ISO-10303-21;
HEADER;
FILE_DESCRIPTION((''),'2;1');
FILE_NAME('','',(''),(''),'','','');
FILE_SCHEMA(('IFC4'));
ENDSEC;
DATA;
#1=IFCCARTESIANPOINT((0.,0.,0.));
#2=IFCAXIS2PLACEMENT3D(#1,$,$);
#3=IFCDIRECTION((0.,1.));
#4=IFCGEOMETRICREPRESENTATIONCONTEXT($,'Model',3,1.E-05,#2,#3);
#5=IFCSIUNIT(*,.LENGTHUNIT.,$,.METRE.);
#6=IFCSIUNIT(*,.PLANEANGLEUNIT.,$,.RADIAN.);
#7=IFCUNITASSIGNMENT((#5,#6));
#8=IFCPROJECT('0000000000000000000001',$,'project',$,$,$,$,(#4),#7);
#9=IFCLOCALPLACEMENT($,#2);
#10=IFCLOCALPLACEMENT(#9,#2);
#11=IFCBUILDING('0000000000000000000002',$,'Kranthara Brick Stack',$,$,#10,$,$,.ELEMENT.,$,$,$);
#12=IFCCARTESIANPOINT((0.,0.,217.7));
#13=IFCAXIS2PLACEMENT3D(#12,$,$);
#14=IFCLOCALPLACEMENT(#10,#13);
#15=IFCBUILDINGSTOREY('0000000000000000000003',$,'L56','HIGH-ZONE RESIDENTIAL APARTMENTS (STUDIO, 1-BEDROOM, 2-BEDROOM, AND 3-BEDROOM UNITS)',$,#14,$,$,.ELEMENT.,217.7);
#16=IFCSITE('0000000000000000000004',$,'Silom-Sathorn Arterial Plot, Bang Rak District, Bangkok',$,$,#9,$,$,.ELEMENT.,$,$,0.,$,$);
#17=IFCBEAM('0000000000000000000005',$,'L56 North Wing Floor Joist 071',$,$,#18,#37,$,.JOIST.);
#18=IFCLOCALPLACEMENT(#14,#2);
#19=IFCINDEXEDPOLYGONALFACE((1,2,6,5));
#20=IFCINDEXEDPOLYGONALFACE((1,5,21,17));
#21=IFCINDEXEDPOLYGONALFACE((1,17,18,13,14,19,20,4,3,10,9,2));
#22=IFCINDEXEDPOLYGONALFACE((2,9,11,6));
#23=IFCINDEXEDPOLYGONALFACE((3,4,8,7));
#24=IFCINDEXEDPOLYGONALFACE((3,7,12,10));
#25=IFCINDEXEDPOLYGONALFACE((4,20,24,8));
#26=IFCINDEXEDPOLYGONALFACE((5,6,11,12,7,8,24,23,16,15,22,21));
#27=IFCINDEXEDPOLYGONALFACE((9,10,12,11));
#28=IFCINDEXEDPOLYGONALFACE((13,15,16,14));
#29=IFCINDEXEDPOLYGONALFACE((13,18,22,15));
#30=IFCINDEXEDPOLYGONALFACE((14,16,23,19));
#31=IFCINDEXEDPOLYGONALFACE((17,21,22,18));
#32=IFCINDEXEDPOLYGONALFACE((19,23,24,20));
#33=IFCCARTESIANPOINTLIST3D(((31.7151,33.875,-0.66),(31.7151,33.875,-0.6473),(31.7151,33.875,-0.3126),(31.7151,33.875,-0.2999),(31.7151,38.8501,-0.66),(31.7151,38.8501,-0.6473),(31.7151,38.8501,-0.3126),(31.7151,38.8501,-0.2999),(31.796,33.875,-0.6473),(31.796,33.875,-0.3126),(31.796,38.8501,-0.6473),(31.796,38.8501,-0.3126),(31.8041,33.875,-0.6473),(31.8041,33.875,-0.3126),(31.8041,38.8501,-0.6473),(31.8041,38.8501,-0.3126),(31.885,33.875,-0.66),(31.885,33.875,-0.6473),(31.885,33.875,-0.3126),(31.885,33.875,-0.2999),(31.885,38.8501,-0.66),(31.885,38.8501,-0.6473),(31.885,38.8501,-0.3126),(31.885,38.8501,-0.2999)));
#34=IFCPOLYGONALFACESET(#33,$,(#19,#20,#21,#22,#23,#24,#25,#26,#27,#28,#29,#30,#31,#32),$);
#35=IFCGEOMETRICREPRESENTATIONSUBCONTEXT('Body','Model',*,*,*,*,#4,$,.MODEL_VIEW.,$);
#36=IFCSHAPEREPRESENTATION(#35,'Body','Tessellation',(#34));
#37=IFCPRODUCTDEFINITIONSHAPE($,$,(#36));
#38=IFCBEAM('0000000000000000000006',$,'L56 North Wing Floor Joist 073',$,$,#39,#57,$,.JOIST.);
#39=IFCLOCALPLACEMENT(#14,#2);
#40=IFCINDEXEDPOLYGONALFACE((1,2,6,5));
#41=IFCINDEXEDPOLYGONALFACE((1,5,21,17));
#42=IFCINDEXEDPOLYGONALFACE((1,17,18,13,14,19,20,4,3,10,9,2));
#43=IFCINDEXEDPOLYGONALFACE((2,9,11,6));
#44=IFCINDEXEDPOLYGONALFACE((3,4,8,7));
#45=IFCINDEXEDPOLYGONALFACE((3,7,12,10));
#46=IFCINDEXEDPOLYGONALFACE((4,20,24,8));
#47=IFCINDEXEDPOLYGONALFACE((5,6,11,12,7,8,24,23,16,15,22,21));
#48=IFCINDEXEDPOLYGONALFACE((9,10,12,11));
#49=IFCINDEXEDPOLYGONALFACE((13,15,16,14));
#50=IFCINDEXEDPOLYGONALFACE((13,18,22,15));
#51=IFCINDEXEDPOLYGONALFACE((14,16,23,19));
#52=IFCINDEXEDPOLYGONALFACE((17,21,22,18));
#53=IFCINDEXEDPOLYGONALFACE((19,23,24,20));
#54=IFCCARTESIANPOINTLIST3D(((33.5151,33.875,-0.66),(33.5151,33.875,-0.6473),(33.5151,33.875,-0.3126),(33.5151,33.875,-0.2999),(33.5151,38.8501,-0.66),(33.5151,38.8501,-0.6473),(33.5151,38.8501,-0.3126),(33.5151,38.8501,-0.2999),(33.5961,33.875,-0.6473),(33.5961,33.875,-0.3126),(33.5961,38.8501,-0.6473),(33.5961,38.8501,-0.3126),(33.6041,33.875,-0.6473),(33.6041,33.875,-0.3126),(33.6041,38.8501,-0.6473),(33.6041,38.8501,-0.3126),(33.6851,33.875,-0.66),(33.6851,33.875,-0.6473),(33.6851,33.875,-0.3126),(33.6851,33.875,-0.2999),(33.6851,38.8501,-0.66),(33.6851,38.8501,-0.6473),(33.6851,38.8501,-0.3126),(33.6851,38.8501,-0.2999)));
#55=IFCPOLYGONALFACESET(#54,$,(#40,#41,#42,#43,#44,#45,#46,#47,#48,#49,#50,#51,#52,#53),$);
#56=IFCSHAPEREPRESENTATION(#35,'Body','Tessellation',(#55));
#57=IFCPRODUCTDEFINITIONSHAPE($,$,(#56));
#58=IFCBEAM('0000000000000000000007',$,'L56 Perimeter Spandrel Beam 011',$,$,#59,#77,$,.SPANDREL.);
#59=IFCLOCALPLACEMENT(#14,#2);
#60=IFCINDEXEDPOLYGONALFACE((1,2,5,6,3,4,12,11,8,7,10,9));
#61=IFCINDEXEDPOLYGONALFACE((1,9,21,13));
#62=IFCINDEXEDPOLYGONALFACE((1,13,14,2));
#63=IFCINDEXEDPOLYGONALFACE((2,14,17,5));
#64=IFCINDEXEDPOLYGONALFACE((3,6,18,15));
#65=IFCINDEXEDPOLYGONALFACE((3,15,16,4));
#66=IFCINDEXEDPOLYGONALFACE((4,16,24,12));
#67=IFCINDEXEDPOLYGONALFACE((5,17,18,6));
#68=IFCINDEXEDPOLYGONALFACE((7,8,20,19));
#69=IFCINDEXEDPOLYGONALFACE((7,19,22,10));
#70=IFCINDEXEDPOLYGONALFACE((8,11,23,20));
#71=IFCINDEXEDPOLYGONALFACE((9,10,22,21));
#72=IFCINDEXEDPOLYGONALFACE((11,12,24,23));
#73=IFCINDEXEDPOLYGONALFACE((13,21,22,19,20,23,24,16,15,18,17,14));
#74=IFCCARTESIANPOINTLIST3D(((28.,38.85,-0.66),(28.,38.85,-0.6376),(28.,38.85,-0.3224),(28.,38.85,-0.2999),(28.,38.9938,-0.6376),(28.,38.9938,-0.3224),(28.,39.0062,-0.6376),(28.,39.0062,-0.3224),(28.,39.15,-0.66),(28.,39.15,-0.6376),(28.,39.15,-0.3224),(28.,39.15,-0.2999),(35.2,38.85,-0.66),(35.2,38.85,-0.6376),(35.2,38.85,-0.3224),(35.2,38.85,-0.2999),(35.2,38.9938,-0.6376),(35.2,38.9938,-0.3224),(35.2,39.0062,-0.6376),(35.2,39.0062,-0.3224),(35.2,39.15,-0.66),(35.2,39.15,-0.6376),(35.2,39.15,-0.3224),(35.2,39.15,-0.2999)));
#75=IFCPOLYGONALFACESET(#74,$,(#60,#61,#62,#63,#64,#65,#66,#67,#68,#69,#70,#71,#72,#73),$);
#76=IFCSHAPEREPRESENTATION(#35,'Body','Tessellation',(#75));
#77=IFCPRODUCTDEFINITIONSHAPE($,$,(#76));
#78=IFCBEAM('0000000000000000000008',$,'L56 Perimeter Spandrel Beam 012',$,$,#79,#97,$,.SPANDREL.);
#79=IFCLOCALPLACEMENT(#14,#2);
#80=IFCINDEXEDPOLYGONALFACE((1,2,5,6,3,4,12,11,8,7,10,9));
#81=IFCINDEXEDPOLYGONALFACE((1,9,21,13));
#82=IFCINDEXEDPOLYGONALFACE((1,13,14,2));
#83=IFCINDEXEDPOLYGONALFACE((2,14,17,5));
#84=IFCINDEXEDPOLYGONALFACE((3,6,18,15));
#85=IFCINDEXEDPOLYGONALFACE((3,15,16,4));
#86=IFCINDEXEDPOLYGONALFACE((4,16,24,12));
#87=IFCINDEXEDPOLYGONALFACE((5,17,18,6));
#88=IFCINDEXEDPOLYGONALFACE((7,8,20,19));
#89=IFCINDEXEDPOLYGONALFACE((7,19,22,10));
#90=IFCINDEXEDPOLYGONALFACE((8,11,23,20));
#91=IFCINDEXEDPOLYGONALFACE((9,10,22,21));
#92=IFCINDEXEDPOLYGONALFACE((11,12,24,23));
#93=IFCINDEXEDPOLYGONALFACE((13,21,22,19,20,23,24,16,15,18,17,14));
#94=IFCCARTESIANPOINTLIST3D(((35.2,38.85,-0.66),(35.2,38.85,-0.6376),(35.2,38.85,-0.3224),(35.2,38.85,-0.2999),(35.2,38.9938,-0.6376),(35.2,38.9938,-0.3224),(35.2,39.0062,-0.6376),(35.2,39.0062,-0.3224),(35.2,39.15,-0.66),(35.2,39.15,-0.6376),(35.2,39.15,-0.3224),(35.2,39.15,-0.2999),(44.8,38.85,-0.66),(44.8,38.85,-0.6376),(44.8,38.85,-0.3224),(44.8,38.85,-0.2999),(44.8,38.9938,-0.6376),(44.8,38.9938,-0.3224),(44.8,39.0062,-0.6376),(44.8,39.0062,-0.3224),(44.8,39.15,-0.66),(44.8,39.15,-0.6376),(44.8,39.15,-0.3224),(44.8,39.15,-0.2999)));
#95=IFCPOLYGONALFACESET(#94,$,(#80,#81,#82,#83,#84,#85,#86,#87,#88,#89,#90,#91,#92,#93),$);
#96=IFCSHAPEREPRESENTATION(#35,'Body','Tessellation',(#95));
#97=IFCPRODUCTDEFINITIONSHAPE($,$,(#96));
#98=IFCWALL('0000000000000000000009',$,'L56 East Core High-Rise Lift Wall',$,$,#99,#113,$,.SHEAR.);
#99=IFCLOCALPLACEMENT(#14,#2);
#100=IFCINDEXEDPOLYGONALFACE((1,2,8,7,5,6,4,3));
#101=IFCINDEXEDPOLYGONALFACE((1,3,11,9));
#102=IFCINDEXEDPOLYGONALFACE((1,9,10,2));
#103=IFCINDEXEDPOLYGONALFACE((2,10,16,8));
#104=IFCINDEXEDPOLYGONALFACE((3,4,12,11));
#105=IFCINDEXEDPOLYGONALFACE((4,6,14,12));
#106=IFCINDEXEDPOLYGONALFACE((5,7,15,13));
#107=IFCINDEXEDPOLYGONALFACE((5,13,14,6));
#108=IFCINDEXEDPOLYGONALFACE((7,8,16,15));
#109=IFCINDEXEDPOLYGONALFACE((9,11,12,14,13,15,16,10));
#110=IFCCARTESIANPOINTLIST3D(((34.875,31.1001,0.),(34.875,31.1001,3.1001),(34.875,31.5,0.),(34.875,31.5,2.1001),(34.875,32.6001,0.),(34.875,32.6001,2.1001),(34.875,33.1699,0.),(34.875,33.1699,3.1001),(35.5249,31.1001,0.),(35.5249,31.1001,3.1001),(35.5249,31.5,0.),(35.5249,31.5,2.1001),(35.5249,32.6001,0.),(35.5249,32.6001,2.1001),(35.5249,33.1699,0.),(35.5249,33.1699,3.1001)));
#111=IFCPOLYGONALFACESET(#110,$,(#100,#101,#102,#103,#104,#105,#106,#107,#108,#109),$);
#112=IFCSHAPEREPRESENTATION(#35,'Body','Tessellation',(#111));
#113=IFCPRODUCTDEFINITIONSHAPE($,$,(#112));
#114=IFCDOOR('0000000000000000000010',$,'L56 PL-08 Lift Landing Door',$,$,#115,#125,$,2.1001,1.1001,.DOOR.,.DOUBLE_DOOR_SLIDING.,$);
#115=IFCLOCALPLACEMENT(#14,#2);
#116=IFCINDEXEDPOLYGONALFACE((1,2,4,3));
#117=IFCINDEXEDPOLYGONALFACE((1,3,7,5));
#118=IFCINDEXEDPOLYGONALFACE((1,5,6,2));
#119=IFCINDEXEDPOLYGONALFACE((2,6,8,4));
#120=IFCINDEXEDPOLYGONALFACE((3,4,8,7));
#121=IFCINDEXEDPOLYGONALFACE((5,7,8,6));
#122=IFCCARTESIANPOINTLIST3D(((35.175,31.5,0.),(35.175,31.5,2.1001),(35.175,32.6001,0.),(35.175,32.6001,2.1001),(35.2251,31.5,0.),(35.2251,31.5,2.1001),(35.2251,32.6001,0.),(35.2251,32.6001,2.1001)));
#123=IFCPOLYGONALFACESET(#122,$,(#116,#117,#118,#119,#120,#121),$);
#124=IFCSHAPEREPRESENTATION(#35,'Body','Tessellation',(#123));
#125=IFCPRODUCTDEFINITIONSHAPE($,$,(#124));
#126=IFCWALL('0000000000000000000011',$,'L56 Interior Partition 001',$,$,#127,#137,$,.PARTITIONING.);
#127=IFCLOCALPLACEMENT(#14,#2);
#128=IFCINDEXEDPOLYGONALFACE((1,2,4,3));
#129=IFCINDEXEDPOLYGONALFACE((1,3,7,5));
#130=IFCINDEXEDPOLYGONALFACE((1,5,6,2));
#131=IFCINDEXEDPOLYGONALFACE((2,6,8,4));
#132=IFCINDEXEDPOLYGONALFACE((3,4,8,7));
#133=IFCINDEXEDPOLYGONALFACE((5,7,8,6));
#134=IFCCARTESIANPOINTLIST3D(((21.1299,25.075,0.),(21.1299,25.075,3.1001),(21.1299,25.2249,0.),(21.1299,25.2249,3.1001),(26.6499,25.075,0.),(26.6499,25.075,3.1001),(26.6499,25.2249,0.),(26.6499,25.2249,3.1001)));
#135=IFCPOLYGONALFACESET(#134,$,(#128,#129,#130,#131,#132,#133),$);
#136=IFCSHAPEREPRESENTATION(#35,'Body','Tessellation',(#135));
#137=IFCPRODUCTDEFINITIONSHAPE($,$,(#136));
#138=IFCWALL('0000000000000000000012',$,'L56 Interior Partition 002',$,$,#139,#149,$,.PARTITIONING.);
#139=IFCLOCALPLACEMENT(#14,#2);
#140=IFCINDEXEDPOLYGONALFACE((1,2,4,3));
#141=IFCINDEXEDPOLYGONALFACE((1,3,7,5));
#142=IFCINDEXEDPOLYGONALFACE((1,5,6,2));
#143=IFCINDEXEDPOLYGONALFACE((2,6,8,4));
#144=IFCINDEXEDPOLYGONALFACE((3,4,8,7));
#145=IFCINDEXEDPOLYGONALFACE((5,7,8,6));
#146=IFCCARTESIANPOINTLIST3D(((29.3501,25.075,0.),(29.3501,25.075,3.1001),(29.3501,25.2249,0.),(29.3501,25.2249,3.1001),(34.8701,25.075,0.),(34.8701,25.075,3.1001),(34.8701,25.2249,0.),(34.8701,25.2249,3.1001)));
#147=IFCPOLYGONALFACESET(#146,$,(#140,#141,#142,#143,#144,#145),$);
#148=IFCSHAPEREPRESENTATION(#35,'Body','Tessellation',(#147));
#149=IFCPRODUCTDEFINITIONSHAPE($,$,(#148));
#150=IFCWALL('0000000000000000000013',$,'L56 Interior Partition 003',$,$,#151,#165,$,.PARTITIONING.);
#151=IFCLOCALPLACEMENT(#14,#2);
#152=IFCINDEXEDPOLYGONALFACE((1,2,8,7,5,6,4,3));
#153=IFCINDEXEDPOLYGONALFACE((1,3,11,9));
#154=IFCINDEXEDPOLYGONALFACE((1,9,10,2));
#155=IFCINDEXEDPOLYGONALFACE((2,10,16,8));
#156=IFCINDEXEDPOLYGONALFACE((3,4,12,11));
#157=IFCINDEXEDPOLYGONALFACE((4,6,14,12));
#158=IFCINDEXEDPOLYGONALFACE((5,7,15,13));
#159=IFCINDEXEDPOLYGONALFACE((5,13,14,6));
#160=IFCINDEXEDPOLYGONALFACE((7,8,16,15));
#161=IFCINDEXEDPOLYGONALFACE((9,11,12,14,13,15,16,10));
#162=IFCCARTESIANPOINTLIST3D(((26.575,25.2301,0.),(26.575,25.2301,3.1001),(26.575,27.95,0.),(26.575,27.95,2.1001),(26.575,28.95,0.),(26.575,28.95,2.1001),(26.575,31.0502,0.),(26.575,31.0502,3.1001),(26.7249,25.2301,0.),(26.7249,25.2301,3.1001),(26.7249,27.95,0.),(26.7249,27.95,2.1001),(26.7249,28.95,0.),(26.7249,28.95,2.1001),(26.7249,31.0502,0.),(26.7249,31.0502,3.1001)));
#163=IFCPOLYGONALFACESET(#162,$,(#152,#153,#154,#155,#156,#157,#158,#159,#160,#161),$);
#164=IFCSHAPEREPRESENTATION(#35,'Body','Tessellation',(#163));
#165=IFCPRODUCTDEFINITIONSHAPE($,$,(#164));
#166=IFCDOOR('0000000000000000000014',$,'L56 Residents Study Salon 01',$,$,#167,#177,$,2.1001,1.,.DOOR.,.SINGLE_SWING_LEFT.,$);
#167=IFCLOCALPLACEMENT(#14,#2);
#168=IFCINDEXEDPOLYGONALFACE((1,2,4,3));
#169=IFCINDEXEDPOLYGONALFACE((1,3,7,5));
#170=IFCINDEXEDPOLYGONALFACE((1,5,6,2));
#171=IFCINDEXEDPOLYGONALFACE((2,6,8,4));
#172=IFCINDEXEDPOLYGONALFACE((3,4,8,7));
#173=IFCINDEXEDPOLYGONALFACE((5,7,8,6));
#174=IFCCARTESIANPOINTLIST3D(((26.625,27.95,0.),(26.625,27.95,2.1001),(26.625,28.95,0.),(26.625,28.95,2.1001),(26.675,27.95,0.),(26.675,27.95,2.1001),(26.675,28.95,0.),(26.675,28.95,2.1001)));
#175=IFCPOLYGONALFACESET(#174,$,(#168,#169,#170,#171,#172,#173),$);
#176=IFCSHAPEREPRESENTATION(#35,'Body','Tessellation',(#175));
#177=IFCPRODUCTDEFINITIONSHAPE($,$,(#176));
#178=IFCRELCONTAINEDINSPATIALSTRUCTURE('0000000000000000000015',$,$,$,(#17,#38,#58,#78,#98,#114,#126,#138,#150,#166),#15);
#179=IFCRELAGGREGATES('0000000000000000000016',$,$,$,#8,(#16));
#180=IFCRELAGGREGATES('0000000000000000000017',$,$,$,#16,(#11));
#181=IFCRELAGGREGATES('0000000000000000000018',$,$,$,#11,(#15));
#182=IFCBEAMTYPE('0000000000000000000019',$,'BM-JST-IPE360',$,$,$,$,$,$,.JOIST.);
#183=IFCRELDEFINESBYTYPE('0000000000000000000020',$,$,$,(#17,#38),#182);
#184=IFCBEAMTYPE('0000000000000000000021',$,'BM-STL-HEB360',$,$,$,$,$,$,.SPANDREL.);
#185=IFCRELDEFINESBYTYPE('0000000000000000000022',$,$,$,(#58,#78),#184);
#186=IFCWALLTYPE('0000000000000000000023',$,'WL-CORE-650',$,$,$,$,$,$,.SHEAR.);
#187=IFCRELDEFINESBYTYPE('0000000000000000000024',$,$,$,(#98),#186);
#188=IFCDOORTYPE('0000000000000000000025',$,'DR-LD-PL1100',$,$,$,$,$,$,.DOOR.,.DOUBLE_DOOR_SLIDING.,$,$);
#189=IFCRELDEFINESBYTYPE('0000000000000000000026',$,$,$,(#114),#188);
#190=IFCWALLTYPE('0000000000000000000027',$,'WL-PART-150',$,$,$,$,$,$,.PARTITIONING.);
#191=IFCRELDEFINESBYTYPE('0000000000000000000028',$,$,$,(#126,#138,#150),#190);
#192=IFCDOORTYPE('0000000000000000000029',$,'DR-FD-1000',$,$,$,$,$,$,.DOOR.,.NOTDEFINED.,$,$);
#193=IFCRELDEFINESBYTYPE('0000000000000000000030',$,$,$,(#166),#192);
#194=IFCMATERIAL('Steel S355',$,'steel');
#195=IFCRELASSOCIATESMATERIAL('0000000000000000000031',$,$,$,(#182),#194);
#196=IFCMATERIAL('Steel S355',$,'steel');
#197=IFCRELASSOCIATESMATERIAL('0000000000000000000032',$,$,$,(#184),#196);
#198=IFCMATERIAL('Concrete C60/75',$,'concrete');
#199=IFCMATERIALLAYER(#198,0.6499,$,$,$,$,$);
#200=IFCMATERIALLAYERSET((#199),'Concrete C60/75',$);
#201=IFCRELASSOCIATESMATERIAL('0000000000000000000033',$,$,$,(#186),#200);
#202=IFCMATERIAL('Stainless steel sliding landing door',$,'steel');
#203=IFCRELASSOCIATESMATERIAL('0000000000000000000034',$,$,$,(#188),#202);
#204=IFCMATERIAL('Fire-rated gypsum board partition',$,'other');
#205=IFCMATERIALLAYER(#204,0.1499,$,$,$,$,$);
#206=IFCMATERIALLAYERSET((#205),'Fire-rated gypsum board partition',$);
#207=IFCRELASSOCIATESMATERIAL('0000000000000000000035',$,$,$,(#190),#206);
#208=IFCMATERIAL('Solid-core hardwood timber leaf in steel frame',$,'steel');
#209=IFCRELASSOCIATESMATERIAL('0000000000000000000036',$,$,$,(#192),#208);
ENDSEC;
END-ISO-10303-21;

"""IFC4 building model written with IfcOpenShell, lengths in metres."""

from ifc_helpers import new_model, si_unit, direction, frame, frame_2d, origin, origin_2d, place, context, subcontext, project, spatial, rectangle, i_section, extrude, material, layer, layer_set, material_profile, profile_set, type_object, element, fill, save


model = new_model("IFC4")

# Units and contexts
model_context = context("Model", 3, precision=1e-05, world=origin(), true_north=direction((0.0, 1.0)))
body_context = subcontext(model_context, "Body", "Model", "MODEL_VIEW")
ifc_project = project(units=[si_unit("LENGTHUNIT", "METRE"), si_unit("PLANEANGLEUNIT", "RADIAN")], contexts=[model_context])

# Site, building, storey
site_placement = place(None, origin())
site = spatial("IfcSite", under=ifc_project, at=site_placement, Name="Silom-Sathorn Arterial Plot, Bang Rak District, Bangkok", CompositionType="ELEMENT", RefElevation=0.0)
building_placement = place(site_placement, origin())
building = spatial("IfcBuilding", under=site, at=building_placement, Name="Kranthara Brick Stack", CompositionType="ELEMENT")
storey_placement = place(building_placement, frame((0.0, 0.0, 217.7)))
storey = spatial("IfcBuildingStorey", under=building, at=storey_placement, Name="L56", Description="HIGH-ZONE RESIDENTIAL APARTMENTS (STUDIO, 1-BEDROOM, 2-BEDROOM, AND 3-BEDROOM UNITS)", CompositionType="ELEMENT", Elevation=217.7)

# Beams
ifc_material_1 = material(Name="Steel S355", Category="steel")
ifc_material_profile_1 = material_profile(ifc_material_1, i_section(OverallWidth=0.1699, OverallDepth=0.3601, WebThickness=0.0081, FlangeThickness=0.0127, at=origin_2d()), Name="IPE 360")
ifc_profile_set_1 = profile_set([ifc_material_profile_1], Name="Steel S355")
beam_type_1 = type_object("IfcBeamType", Name="BM-JST-IPE360", PredefinedType="JOIST", material=ifc_profile_set_1)
for number, where, z_axis, x_axis, name in (
    (1, (31.8, 33.875, -0.48), (0.0, 1.0, 0.0), (-1.0, 0.0, 0.0), "L56 North Wing Floor Joist 071"),
    (2, (33.6001, 33.875, -0.48), (0.0, 1.0, 0.0), (-1.0, 0.0, 0.0), "L56 North Wing Floor Joist 073"),
):
    element("IfcBeam", number, at=place(storey_placement, frame(where, z_axis=z_axis, x_axis=x_axis)), inside=storey, type_object=beam_type_1, Name=name, PredefinedType="JOIST", context=body_context, shape_type="SweptSolid", body=[
        extrude(i_section(OverallWidth=0.1699, OverallDepth=0.3601, WebThickness=0.0081, FlangeThickness=0.0127, at=origin_2d()), origin(), (0.0, 0.0, 1.0), 4.9751),
    ])
ifc_material_2 = material(Name="Steel S355", Category="steel")
ifc_material_profile_2 = material_profile(ifc_material_2, i_section(OverallWidth=0.3, OverallDepth=0.3601, WebThickness=0.0125, FlangeThickness=0.0225, at=origin_2d()), Name="HEB 360")
ifc_profile_set_2 = profile_set([ifc_material_profile_2], Name="Steel S355")
beam_type_2 = type_object("IfcBeamType", Name="BM-STL-HEB360", PredefinedType="SPANDREL", material=ifc_profile_set_2)
beam_1_placement = place(storey_placement, frame((28.0, 39.0, -0.48), z_axis=(1.0, 0.0, 0.0), x_axis=(0.0, 1.0, 0.0)))
element("IfcBeam", 3, at=beam_1_placement, inside=storey, type_object=beam_type_2, Name="L56 Perimeter Spandrel Beam 011", PredefinedType="SPANDREL", context=body_context, shape_type="SweptSolid", body=[
    extrude(i_section(OverallWidth=0.3, OverallDepth=0.3601, WebThickness=0.0125, FlangeThickness=0.0225, at=origin_2d()), origin(), (0.0, 0.0, 1.0), 7.2),
])
beam_2_placement = place(storey_placement, frame((35.2, 39.0, -0.48), z_axis=(1.0, 0.0, 0.0), x_axis=(0.0, 1.0, 0.0)))
element("IfcBeam", 4, at=beam_2_placement, inside=storey, type_object=beam_type_2, Name="L56 Perimeter Spandrel Beam 012", PredefinedType="SPANDREL", context=body_context, shape_type="SweptSolid", body=[
    extrude(i_section(OverallWidth=0.3, OverallDepth=0.3601, WebThickness=0.0125, FlangeThickness=0.0225, at=origin_2d()), origin(), (0.0, 0.0, 1.0), 9.6001),
])

# Wall, opening, door
ifc_material_3 = material(Name="Concrete C60/75", Category="concrete")
ifc_layer_1 = layer(ifc_material_3, 0.6499)
ifc_layer_set_1 = layer_set([ifc_layer_1], Name="Concrete C60/75")
wall_type_1 = type_object("IfcWallType", Name="WL-CORE-650", PredefinedType="SHEAR", material=ifc_layer_set_1)
wall_1_placement = place(storey_placement, frame((35.2, 31.1001, 0.0), z_axis=(0.0, 0.0, 1.0), x_axis=(0.0, 1.0, 0.0)))
wall_1 = element("IfcWall", 5, at=wall_1_placement, inside=storey, type_object=wall_type_1, Name="L56 East Core High-Rise Lift Wall", PredefinedType="SHEAR", context=body_context, shape_type="SweptSolid", body=[
    extrude(rectangle(XDim=2.0698, YDim=0.6499, at=frame_2d((1.0349, 0.0))), origin(), (0.0, 0.0, 1.0), 3.1001),
])
opening_1_placement = place(wall_1_placement, frame((0.3999, 0.0, 0.0)))
opening_1 = element("IfcOpeningElement", 6, at=opening_1_placement, cuts=wall_1, PredefinedType="OPENING", context=body_context, shape_type="SweptSolid", body=[
    extrude(rectangle(XDim=1.1001, YDim=2.1001, at=frame_2d((0.55, 1.05))), frame((0.0, 0.335, 0.0), z_axis=(0.0, -1.0, 0.0), x_axis=(1.0, 0.0, 0.0)), (0.0, 0.0, 1.0), 0.6699),
])
ifc_material_4 = material(Name="Stainless steel sliding landing door", Category="steel")
door_type_1 = type_object("IfcDoorType", Name="DR-LD-PL1100", OperationType="DOUBLE_DOOR_SLIDING", PredefinedType="DOOR", material=ifc_material_4)
door_1_placement = place(opening_1_placement, origin())
door_1 = element("IfcDoor", 7, at=door_1_placement, inside=storey, type_object=door_type_1, Name="L56 PL-08 Lift Landing Door", OperationType="DOUBLE_DOOR_SLIDING", OverallHeight=2.1001, OverallWidth=1.1001, PredefinedType="DOOR", context=body_context, shape_type="SweptSolid", body=[
    extrude(rectangle(XDim=1.1001, YDim=2.1001, at=frame_2d((0.55, 1.05))), frame((0.0, 0.0249, 0.0), z_axis=(0.0, -1.0, 0.0), x_axis=(1.0, 0.0, 0.0)), (0.0, 0.0, 1.0), 0.05),
])
fill(opening_1, door_1)

# Walls
ifc_material_5 = material(Name="Fire-rated gypsum board partition", Category="other")
ifc_layer_2 = layer(ifc_material_5, 0.1499)
ifc_layer_set_2 = layer_set([ifc_layer_2], Name="Fire-rated gypsum board partition")
wall_type_2 = type_object("IfcWallType", Name="WL-PART-150", PredefinedType="PARTITIONING", material=ifc_layer_set_2)
for number, where, z_axis, x_axis, name in (
    (8, (21.1299, 25.1499, 0.0), (0.0, 0.0, 1.0), (1.0, 0.0, 0.0), "L56 Interior Partition 001"),
    (9, (29.3501, 25.1499, 0.0), (0.0, 0.0, 1.0), (1.0, 0.0, 0.0), "L56 Interior Partition 002"),
):
    element("IfcWall", number, at=place(storey_placement, frame(where, z_axis=z_axis, x_axis=x_axis)), inside=storey, type_object=wall_type_2, Name=name, PredefinedType="PARTITIONING", context=body_context, shape_type="SweptSolid", body=[
        extrude(rectangle(XDim=5.52, YDim=0.1499, at=frame_2d((2.76, 0.0))), origin(), (0.0, 0.0, 1.0), 3.1001),
    ])

# Wall, opening, door
wall_2_placement = place(storey_placement, frame((26.6499, 25.23, 0.0), z_axis=(0.0, 0.0, 1.0), x_axis=(0.0, 1.0, 0.0)))
wall_2 = element("IfcWall", 10, at=wall_2_placement, inside=storey, type_object=wall_type_2, Name="L56 Interior Partition 003", PredefinedType="PARTITIONING", context=body_context, shape_type="SweptSolid", body=[
    extrude(rectangle(XDim=5.8201, YDim=0.1499, at=frame_2d((2.9102, 0.0))), origin(), (0.0, 0.0, 1.0), 3.1001),
])
opening_2_placement = place(wall_2_placement, frame((2.72, 0.0, 0.0)))
opening_2 = element("IfcOpeningElement", 11, at=opening_2_placement, cuts=wall_2, PredefinedType="OPENING", context=body_context, shape_type="SweptSolid", body=[
    extrude(rectangle(XDim=1.0, YDim=2.1001, at=frame_2d((0.5, 1.05))), frame((0.0, 0.085, 0.0), z_axis=(0.0, -1.0, 0.0), x_axis=(1.0, 0.0, 0.0)), (0.0, 0.0, 1.0), 0.1699),
])
ifc_material_6 = material(Name="Solid-core hardwood timber leaf in steel frame", Category="steel")
door_type_2 = type_object("IfcDoorType", Name="DR-FD-1000", OperationType="NOTDEFINED", PredefinedType="DOOR", material=ifc_material_6)
door_2_placement = place(opening_2_placement, origin())
door_2 = element("IfcDoor", 12, at=door_2_placement, inside=storey, type_object=door_type_2, Name="L56 Residents Study Salon 01", OperationType="SINGLE_SWING_LEFT", OverallHeight=2.1001, OverallWidth=1.0, PredefinedType="DOOR", context=body_context, shape_type="SweptSolid", body=[
    extrude(rectangle(XDim=1.0, YDim=2.1001, at=frame_2d((0.5, 1.05))), frame((0.0, 0.0249, 0.0), z_axis=(0.0, -1.0, 0.0), x_axis=(1.0, 0.0, 0.0)), (0.0, 0.0, 1.0), 0.05),
])
fill(opening_2, door_2)

save(model, "model.ifc")
